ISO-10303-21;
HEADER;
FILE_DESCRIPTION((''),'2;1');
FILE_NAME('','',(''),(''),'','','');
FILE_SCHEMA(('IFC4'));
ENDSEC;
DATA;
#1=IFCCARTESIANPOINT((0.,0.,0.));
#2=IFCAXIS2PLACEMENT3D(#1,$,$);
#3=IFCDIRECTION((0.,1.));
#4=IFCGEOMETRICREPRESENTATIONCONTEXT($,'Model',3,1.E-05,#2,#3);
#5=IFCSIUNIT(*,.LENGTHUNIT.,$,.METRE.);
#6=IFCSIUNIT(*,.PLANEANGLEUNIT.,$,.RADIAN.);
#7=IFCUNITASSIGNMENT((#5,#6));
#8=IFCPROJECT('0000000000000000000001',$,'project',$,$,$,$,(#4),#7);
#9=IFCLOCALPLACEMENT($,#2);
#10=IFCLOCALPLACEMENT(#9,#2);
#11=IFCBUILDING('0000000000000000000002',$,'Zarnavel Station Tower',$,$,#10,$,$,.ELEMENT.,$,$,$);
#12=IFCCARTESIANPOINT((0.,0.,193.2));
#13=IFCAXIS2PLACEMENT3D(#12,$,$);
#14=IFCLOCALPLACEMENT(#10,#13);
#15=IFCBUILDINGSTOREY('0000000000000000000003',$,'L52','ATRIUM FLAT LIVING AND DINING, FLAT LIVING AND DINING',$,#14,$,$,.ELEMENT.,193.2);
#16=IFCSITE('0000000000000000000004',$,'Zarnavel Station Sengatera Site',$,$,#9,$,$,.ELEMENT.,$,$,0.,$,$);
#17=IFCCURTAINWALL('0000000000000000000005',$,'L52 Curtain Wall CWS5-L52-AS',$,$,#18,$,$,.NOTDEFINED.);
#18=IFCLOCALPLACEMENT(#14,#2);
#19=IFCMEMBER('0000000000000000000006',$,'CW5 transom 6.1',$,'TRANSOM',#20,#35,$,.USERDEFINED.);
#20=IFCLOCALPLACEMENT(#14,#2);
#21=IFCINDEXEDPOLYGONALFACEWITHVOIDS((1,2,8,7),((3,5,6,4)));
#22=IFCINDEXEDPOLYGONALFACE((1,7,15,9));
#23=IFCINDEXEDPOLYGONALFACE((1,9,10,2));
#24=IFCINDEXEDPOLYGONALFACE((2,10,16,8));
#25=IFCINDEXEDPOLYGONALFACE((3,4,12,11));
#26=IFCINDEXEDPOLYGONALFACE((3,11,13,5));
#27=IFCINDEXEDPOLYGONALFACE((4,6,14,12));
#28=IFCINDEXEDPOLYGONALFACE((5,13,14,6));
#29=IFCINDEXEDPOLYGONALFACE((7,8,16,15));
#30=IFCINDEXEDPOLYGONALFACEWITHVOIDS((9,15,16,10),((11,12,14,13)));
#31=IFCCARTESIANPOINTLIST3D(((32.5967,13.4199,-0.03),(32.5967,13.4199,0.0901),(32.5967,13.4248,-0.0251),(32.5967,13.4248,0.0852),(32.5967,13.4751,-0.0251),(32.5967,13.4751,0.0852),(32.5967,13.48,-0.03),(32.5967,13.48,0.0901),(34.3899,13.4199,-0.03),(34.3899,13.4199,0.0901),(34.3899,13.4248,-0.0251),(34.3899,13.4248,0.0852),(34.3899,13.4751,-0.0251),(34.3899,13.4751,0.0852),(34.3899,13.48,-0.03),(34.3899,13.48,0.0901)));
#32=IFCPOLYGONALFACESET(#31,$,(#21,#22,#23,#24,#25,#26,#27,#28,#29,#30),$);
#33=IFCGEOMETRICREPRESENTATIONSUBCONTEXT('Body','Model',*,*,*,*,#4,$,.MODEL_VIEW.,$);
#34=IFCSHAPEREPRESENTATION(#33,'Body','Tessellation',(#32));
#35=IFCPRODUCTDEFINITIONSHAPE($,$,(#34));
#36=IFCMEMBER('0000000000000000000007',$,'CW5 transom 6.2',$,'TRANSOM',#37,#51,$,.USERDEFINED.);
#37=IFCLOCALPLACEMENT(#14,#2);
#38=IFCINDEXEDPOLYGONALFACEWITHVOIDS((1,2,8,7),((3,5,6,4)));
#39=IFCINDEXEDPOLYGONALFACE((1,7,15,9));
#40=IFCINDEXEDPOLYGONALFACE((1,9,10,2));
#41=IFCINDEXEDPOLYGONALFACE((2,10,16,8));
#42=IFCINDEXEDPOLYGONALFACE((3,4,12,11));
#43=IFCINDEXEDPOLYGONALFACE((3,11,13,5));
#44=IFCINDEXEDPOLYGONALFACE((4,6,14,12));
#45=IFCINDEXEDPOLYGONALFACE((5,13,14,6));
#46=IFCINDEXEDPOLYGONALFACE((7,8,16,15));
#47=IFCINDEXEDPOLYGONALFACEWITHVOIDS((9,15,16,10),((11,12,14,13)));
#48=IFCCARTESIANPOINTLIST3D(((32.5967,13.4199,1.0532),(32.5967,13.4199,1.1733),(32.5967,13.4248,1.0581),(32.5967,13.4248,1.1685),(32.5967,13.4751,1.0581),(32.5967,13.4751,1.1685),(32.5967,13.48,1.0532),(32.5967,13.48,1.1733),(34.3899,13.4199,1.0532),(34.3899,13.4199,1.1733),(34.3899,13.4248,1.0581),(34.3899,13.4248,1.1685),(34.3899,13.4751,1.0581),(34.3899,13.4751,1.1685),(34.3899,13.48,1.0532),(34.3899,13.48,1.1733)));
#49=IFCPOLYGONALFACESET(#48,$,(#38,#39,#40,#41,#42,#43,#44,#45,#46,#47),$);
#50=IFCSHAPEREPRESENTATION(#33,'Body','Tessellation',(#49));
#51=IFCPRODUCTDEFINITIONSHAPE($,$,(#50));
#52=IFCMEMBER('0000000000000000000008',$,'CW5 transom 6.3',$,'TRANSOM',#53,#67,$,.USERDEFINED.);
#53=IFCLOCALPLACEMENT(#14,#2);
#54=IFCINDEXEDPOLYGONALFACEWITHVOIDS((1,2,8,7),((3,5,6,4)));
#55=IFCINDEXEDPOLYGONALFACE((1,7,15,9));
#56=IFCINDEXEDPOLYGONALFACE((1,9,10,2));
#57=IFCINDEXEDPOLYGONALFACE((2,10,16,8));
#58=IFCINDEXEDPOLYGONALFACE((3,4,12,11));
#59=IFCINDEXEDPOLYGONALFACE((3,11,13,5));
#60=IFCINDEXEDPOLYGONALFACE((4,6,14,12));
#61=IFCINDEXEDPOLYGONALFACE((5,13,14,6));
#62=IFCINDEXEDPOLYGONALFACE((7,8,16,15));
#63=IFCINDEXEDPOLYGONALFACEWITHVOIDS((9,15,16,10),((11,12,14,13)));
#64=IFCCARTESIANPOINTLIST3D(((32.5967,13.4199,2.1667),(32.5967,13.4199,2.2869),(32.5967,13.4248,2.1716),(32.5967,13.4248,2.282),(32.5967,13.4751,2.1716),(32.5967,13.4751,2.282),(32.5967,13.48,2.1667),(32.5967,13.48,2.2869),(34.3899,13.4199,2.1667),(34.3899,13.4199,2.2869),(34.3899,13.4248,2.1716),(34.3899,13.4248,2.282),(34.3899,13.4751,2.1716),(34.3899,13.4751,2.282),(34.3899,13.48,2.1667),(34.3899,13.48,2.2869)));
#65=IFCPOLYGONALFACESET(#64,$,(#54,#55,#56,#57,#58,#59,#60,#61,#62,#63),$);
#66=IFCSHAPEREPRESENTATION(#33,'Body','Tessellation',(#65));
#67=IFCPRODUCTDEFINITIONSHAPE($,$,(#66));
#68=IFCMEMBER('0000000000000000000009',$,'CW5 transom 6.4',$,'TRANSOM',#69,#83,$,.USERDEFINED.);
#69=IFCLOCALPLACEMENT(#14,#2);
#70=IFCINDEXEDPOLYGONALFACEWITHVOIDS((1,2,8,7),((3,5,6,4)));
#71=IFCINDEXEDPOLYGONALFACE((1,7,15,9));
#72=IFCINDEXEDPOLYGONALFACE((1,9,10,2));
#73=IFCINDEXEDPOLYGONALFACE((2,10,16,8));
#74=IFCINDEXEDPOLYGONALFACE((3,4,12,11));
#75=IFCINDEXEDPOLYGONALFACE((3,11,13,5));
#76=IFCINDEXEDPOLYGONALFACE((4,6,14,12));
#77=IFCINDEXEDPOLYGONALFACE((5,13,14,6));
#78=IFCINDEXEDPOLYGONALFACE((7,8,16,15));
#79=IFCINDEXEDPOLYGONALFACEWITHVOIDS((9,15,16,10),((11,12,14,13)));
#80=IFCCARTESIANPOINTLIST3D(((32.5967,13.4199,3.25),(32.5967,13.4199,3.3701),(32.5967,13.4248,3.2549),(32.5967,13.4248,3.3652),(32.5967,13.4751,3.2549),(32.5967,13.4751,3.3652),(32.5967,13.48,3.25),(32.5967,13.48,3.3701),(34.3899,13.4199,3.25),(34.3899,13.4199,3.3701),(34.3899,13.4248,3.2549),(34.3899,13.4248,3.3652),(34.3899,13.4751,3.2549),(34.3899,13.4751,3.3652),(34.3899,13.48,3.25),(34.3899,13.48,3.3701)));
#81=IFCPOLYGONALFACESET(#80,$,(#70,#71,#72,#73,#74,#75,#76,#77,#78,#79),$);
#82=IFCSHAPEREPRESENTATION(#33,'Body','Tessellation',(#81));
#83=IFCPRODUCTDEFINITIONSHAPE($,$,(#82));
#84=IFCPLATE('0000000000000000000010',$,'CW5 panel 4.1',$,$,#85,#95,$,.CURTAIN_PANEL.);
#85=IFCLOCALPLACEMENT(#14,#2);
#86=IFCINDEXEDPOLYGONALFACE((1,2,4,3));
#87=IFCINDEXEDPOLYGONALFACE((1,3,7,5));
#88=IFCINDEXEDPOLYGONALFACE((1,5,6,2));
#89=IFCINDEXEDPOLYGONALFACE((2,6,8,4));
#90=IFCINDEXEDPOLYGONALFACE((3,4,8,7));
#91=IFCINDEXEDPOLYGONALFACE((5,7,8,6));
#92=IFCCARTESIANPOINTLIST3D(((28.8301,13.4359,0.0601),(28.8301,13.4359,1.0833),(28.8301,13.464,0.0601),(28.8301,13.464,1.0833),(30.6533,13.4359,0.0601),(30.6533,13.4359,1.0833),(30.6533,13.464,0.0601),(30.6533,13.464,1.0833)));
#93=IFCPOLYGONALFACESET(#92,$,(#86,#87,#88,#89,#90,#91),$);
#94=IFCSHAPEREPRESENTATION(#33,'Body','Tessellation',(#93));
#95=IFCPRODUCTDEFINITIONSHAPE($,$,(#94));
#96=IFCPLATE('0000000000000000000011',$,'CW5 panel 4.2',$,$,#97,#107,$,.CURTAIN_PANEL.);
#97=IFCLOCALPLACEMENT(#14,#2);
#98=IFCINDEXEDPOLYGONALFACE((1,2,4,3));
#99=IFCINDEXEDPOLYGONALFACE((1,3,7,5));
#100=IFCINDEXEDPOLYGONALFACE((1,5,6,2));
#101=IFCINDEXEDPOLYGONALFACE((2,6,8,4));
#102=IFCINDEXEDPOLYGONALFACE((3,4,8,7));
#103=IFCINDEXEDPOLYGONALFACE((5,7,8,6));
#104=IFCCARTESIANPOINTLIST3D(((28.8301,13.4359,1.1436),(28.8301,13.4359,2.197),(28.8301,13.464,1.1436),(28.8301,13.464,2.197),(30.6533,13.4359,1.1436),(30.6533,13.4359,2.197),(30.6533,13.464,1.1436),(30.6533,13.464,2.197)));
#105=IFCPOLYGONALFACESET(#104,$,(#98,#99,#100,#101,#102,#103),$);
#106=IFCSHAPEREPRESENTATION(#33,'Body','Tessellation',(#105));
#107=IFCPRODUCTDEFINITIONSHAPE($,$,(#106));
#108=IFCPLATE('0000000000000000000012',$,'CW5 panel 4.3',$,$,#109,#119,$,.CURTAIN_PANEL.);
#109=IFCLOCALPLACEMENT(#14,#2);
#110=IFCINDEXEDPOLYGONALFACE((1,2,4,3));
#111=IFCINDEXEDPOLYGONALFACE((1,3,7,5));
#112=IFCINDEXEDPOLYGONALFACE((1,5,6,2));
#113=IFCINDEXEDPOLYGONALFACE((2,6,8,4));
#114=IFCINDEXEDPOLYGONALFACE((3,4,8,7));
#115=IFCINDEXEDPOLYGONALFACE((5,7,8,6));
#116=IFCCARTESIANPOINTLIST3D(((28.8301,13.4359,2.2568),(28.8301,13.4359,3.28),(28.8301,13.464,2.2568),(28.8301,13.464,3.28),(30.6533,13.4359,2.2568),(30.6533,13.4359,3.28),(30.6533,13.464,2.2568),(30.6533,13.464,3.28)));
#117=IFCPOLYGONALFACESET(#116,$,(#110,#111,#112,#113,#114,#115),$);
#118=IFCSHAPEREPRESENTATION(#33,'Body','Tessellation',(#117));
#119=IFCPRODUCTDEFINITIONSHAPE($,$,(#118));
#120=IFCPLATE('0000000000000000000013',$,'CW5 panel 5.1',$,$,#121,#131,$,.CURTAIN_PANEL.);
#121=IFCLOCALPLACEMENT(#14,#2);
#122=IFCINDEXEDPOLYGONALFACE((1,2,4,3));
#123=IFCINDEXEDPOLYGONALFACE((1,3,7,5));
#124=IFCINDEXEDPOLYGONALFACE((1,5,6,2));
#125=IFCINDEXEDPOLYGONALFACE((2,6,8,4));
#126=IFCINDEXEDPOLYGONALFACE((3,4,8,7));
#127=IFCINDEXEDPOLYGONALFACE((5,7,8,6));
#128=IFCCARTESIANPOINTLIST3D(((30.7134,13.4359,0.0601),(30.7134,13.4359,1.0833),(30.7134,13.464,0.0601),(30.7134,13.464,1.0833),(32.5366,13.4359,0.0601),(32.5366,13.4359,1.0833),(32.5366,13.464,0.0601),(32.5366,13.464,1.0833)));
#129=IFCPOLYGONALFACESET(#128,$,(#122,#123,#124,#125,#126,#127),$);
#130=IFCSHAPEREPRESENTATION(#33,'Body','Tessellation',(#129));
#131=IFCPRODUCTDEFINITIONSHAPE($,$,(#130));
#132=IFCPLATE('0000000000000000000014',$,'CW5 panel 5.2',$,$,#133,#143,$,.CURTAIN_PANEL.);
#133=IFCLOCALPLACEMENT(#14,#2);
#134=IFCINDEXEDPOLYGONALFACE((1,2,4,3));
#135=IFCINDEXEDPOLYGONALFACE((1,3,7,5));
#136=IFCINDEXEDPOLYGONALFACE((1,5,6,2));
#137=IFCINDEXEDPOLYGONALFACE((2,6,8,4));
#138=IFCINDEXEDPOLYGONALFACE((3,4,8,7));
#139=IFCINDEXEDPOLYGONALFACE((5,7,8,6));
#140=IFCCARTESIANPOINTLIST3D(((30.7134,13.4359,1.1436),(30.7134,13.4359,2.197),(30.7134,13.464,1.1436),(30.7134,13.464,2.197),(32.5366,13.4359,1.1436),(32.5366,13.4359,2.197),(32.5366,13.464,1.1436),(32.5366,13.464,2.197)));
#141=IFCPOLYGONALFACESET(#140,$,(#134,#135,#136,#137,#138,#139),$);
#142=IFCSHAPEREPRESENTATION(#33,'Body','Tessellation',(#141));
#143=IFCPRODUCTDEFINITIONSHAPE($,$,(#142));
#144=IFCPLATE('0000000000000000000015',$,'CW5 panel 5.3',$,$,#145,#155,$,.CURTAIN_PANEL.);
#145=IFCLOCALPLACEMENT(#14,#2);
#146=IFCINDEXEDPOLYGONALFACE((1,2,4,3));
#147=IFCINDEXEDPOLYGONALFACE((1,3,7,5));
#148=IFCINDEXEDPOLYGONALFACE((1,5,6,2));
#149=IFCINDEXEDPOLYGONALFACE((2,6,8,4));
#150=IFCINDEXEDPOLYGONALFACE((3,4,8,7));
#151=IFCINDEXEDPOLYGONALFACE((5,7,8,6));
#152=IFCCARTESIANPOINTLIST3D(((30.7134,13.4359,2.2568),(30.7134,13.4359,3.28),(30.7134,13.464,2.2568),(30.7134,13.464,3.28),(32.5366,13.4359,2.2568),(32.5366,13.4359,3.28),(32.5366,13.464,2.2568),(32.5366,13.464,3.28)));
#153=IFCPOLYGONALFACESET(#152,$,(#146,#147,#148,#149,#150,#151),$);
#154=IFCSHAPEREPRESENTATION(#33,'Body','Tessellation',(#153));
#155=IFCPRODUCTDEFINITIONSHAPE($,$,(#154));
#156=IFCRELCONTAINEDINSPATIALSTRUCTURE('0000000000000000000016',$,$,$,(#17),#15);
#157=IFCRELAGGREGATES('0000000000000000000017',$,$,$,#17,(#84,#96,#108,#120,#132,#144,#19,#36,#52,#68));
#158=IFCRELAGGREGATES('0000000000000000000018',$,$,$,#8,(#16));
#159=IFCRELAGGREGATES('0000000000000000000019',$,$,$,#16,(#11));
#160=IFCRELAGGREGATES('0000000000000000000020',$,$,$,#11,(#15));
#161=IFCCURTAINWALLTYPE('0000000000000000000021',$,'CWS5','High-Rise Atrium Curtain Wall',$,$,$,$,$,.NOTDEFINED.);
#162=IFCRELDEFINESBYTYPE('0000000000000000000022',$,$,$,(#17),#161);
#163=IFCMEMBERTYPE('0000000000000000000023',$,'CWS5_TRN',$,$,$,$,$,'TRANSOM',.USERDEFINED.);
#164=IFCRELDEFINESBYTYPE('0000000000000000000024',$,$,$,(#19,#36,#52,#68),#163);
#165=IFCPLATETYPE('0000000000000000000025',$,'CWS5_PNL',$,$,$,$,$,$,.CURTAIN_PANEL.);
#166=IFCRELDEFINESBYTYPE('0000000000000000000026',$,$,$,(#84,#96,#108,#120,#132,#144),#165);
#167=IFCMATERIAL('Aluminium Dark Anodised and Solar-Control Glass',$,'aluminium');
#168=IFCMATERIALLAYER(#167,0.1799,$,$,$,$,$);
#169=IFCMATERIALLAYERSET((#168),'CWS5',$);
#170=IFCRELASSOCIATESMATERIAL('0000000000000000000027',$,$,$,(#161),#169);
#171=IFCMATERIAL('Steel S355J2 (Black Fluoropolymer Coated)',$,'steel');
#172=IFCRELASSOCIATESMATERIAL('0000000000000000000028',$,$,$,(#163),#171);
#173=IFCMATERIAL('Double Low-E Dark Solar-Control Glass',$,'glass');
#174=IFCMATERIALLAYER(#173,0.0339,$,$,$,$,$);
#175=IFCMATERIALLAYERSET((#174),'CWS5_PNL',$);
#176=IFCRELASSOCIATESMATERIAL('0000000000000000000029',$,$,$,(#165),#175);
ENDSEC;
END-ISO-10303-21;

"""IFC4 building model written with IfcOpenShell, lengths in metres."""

from ifc_helpers import new_model, si_unit, direction, frame, origin, origin_2d, place, context, subcontext, project, spatial, rectangle, hollow_rectangle, extrude, material, layer, layer_set, material_profile, profile_set, type_object, element, aggregate, save


model = new_model("IFC4")

# Units and contexts
model_context = context("Model", 3, precision=1e-05, world=origin(), true_north=direction((0.0, 1.0)))
body_context = subcontext(model_context, "Body", "Model", "MODEL_VIEW")
ifc_project = project(units=[si_unit("LENGTHUNIT", "METRE"), si_unit("PLANEANGLEUNIT", "RADIAN")], contexts=[model_context])

# Site, building, storey
site_placement = place(None, origin())
site = spatial("IfcSite", under=ifc_project, at=site_placement, Name="Zarnavel Station Sengatera Site", CompositionType="ELEMENT", RefElevation=0.0)
building_placement = place(site_placement, origin())
building = spatial("IfcBuilding", under=site, at=building_placement, Name="Zarnavel Station Tower", CompositionType="ELEMENT")
storey_placement = place(building_placement, frame((0.0, 0.0, 193.2)))
storey = spatial("IfcBuildingStorey", under=building, at=storey_placement, Name="L52", Description="ATRIUM FLAT LIVING AND DINING, FLAT LIVING AND DINING", CompositionType="ELEMENT", Elevation=193.2)

# Curtain wall, members, plates
ifc_material_1 = material(Name="Aluminium Dark Anodised and Solar-Control Glass", Category="aluminium")
ifc_layer_1 = layer(ifc_material_1, 0.1799)
ifc_layer_set_1 = layer_set([ifc_layer_1], Name="CWS5")
curtain_wall_type = type_object("IfcCurtainWallType", Name="CWS5", Description="High-Rise Atrium Curtain Wall", PredefinedType="NOTDEFINED", material=ifc_layer_set_1)
curtain_wall_placement = place(storey_placement, origin())
curtain_wall = element("IfcCurtainWall", 1, at=curtain_wall_placement, inside=storey, type_object=curtain_wall_type, Name="L52 Curtain Wall CWS5-L52-AS", PredefinedType="NOTDEFINED")
ifc_material_2 = material(Name="Steel S355J2 (Black Fluoropolymer Coated)", Category="steel")
ifc_material_profile_1 = material_profile(ifc_material_2, hollow_rectangle(XDim=0.0601, YDim=0.1201, WallThickness=0.0049, at=origin_2d()), Name="RHS120x60x5")
ifc_profile_set_1 = profile_set([ifc_material_profile_1], Name="Steel S355J2 (Black Fluoropolymer Coated)")
member_type_1 = type_object("IfcMemberType", Name="CWS5_TRN", ElementType="TRANSOM", PredefinedType="USERDEFINED", material=ifc_profile_set_1)
member_1_placement = place(storey_placement, frame((32.5967, 13.45, 0.03), z_axis=(1.0, 0.0, 0.0), x_axis=(0.0, 1.0, 0.0)))
member_1 = element("IfcMember", 2, at=member_1_placement, type_object=member_type_1, Name="CW5 transom 6.1", ObjectType="TRANSOM", PredefinedType="USERDEFINED", context=body_context, shape_type="SweptSolid", body=[
    extrude(hollow_rectangle(XDim=0.0601, YDim=0.1201, WallThickness=0.0049, at=origin_2d()), origin(), (0.0, 0.0, 1.0), 1.7932),
])
member_2_placement = place(storey_placement, frame((32.5967, 13.45, 1.1133), z_axis=(1.0, 0.0, 0.0), x_axis=(0.0, 1.0, 0.0)))
member_2 = element("IfcMember", 3, at=member_2_placement, type_object=member_type_1, Name="CW5 transom 6.2", ObjectType="TRANSOM", PredefinedType="USERDEFINED", context=body_context, shape_type="SweptSolid", body=[
    extrude(hollow_rectangle(XDim=0.0601, YDim=0.1201, WallThickness=0.0049, at=origin_2d()), origin(), (0.0, 0.0, 1.0), 1.7932),
])
member_3_placement = place(storey_placement, frame((32.5967, 13.45, 2.2268), z_axis=(1.0, 0.0, 0.0), x_axis=(0.0, 1.0, 0.0)))
member_3 = element("IfcMember", 4, at=member_3_placement, type_object=member_type_1, Name="CW5 transom 6.3", ObjectType="TRANSOM", PredefinedType="USERDEFINED", context=body_context, shape_type="SweptSolid", body=[
    extrude(hollow_rectangle(XDim=0.0601, YDim=0.1201, WallThickness=0.0049, at=origin_2d()), origin(), (0.0, 0.0, 1.0), 1.7932),
])
member_4_placement = place(storey_placement, frame((32.5967, 13.45, 3.3101), z_axis=(1.0, 0.0, 0.0), x_axis=(0.0, 1.0, 0.0)))
member_4 = element("IfcMember", 5, at=member_4_placement, type_object=member_type_1, Name="CW5 transom 6.4", ObjectType="TRANSOM", PredefinedType="USERDEFINED", context=body_context, shape_type="SweptSolid", body=[
    extrude(hollow_rectangle(XDim=0.0601, YDim=0.1201, WallThickness=0.0049, at=origin_2d()), origin(), (0.0, 0.0, 1.0), 1.7932),
])
ifc_material_3 = material(Name="Double Low-E Dark Solar-Control Glass", Category="glass")
ifc_layer_2 = layer(ifc_material_3, 0.0339)
ifc_layer_set_2 = layer_set([ifc_layer_2], Name="CWS5_PNL")
plate_type = type_object("IfcPlateType", Name="CWS5_PNL", PredefinedType="CURTAIN_PANEL", material=ifc_layer_set_2)
plate_1_placement = place(storey_placement, frame((29.7417, 13.45, 0.0601), z_axis=(0.0, 0.0, 1.0), x_axis=(1.0, 0.0, 0.0)))
plate_1 = element("IfcPlate", 6, at=plate_1_placement, type_object=plate_type, Name="CW5 panel 4.1", PredefinedType="CURTAIN_PANEL", context=body_context, shape_type="SweptSolid", body=[
    extrude(rectangle(XDim=1.8232, YDim=0.0281, at=origin_2d()), origin(), (0.0, 0.0, 1.0), 1.0232),
])
plate_2_placement = place(storey_placement, frame((29.7417, 13.45, 1.1436), z_axis=(0.0, 0.0, 1.0), x_axis=(1.0, 0.0, 0.0)))
plate_2 = element("IfcPlate", 7, at=plate_2_placement, type_object=plate_type, Name="CW5 panel 4.2", PredefinedType="CURTAIN_PANEL", context=body_context, shape_type="SweptSolid", body=[
    extrude(rectangle(XDim=1.8232, YDim=0.0281, at=origin_2d()), origin(), (0.0, 0.0, 1.0), 1.0535),
])
plate_3_placement = place(storey_placement, frame((29.7417, 13.45, 2.2568), z_axis=(0.0, 0.0, 1.0), x_axis=(1.0, 0.0, 0.0)))
plate_3 = element("IfcPlate", 8, at=plate_3_placement, type_object=plate_type, Name="CW5 panel 4.3", PredefinedType="CURTAIN_PANEL", context=body_context, shape_type="SweptSolid", body=[
    extrude(rectangle(XDim=1.8232, YDim=0.0281, at=origin_2d()), origin(), (0.0, 0.0, 1.0), 1.0232),
])
plate_4_placement = place(storey_placement, frame((31.625, 13.45, 0.0601), z_axis=(0.0, 0.0, 1.0), x_axis=(1.0, 0.0, 0.0)))
plate_4 = element("IfcPlate", 9, at=plate_4_placement, type_object=plate_type, Name="CW5 panel 5.1", PredefinedType="CURTAIN_PANEL", context=body_context, shape_type="SweptSolid", body=[
    extrude(rectangle(XDim=1.8232, YDim=0.0281, at=origin_2d()), origin(), (0.0, 0.0, 1.0), 1.0232),
])
plate_5_placement = place(storey_placement, frame((31.625, 13.45, 1.1436), z_axis=(0.0, 0.0, 1.0), x_axis=(1.0, 0.0, 0.0)))
plate_5 = element("IfcPlate", 10, at=plate_5_placement, type_object=plate_type, Name="CW5 panel 5.2", PredefinedType="CURTAIN_PANEL", context=body_context, shape_type="SweptSolid", body=[
    extrude(rectangle(XDim=1.8232, YDim=0.0281, at=origin_2d()), origin(), (0.0, 0.0, 1.0), 1.0535),
])
plate_6_placement = place(storey_placement, frame((31.625, 13.45, 2.2568), z_axis=(0.0, 0.0, 1.0), x_axis=(1.0, 0.0, 0.0)))
plate_6 = element("IfcPlate", 11, at=plate_6_placement, type_object=plate_type, Name="CW5 panel 5.3", PredefinedType="CURTAIN_PANEL", context=body_context, shape_type="SweptSolid", body=[
    extrude(rectangle(XDim=1.8232, YDim=0.0281, at=origin_2d()), origin(), (0.0, 0.0, 1.0), 1.0232),
])
aggregate(curtain_wall, [plate_1, plate_2, plate_3, plate_4, plate_5, plate_6, member_1, member_2, member_3, member_4])

save(model, "model.ifc")
